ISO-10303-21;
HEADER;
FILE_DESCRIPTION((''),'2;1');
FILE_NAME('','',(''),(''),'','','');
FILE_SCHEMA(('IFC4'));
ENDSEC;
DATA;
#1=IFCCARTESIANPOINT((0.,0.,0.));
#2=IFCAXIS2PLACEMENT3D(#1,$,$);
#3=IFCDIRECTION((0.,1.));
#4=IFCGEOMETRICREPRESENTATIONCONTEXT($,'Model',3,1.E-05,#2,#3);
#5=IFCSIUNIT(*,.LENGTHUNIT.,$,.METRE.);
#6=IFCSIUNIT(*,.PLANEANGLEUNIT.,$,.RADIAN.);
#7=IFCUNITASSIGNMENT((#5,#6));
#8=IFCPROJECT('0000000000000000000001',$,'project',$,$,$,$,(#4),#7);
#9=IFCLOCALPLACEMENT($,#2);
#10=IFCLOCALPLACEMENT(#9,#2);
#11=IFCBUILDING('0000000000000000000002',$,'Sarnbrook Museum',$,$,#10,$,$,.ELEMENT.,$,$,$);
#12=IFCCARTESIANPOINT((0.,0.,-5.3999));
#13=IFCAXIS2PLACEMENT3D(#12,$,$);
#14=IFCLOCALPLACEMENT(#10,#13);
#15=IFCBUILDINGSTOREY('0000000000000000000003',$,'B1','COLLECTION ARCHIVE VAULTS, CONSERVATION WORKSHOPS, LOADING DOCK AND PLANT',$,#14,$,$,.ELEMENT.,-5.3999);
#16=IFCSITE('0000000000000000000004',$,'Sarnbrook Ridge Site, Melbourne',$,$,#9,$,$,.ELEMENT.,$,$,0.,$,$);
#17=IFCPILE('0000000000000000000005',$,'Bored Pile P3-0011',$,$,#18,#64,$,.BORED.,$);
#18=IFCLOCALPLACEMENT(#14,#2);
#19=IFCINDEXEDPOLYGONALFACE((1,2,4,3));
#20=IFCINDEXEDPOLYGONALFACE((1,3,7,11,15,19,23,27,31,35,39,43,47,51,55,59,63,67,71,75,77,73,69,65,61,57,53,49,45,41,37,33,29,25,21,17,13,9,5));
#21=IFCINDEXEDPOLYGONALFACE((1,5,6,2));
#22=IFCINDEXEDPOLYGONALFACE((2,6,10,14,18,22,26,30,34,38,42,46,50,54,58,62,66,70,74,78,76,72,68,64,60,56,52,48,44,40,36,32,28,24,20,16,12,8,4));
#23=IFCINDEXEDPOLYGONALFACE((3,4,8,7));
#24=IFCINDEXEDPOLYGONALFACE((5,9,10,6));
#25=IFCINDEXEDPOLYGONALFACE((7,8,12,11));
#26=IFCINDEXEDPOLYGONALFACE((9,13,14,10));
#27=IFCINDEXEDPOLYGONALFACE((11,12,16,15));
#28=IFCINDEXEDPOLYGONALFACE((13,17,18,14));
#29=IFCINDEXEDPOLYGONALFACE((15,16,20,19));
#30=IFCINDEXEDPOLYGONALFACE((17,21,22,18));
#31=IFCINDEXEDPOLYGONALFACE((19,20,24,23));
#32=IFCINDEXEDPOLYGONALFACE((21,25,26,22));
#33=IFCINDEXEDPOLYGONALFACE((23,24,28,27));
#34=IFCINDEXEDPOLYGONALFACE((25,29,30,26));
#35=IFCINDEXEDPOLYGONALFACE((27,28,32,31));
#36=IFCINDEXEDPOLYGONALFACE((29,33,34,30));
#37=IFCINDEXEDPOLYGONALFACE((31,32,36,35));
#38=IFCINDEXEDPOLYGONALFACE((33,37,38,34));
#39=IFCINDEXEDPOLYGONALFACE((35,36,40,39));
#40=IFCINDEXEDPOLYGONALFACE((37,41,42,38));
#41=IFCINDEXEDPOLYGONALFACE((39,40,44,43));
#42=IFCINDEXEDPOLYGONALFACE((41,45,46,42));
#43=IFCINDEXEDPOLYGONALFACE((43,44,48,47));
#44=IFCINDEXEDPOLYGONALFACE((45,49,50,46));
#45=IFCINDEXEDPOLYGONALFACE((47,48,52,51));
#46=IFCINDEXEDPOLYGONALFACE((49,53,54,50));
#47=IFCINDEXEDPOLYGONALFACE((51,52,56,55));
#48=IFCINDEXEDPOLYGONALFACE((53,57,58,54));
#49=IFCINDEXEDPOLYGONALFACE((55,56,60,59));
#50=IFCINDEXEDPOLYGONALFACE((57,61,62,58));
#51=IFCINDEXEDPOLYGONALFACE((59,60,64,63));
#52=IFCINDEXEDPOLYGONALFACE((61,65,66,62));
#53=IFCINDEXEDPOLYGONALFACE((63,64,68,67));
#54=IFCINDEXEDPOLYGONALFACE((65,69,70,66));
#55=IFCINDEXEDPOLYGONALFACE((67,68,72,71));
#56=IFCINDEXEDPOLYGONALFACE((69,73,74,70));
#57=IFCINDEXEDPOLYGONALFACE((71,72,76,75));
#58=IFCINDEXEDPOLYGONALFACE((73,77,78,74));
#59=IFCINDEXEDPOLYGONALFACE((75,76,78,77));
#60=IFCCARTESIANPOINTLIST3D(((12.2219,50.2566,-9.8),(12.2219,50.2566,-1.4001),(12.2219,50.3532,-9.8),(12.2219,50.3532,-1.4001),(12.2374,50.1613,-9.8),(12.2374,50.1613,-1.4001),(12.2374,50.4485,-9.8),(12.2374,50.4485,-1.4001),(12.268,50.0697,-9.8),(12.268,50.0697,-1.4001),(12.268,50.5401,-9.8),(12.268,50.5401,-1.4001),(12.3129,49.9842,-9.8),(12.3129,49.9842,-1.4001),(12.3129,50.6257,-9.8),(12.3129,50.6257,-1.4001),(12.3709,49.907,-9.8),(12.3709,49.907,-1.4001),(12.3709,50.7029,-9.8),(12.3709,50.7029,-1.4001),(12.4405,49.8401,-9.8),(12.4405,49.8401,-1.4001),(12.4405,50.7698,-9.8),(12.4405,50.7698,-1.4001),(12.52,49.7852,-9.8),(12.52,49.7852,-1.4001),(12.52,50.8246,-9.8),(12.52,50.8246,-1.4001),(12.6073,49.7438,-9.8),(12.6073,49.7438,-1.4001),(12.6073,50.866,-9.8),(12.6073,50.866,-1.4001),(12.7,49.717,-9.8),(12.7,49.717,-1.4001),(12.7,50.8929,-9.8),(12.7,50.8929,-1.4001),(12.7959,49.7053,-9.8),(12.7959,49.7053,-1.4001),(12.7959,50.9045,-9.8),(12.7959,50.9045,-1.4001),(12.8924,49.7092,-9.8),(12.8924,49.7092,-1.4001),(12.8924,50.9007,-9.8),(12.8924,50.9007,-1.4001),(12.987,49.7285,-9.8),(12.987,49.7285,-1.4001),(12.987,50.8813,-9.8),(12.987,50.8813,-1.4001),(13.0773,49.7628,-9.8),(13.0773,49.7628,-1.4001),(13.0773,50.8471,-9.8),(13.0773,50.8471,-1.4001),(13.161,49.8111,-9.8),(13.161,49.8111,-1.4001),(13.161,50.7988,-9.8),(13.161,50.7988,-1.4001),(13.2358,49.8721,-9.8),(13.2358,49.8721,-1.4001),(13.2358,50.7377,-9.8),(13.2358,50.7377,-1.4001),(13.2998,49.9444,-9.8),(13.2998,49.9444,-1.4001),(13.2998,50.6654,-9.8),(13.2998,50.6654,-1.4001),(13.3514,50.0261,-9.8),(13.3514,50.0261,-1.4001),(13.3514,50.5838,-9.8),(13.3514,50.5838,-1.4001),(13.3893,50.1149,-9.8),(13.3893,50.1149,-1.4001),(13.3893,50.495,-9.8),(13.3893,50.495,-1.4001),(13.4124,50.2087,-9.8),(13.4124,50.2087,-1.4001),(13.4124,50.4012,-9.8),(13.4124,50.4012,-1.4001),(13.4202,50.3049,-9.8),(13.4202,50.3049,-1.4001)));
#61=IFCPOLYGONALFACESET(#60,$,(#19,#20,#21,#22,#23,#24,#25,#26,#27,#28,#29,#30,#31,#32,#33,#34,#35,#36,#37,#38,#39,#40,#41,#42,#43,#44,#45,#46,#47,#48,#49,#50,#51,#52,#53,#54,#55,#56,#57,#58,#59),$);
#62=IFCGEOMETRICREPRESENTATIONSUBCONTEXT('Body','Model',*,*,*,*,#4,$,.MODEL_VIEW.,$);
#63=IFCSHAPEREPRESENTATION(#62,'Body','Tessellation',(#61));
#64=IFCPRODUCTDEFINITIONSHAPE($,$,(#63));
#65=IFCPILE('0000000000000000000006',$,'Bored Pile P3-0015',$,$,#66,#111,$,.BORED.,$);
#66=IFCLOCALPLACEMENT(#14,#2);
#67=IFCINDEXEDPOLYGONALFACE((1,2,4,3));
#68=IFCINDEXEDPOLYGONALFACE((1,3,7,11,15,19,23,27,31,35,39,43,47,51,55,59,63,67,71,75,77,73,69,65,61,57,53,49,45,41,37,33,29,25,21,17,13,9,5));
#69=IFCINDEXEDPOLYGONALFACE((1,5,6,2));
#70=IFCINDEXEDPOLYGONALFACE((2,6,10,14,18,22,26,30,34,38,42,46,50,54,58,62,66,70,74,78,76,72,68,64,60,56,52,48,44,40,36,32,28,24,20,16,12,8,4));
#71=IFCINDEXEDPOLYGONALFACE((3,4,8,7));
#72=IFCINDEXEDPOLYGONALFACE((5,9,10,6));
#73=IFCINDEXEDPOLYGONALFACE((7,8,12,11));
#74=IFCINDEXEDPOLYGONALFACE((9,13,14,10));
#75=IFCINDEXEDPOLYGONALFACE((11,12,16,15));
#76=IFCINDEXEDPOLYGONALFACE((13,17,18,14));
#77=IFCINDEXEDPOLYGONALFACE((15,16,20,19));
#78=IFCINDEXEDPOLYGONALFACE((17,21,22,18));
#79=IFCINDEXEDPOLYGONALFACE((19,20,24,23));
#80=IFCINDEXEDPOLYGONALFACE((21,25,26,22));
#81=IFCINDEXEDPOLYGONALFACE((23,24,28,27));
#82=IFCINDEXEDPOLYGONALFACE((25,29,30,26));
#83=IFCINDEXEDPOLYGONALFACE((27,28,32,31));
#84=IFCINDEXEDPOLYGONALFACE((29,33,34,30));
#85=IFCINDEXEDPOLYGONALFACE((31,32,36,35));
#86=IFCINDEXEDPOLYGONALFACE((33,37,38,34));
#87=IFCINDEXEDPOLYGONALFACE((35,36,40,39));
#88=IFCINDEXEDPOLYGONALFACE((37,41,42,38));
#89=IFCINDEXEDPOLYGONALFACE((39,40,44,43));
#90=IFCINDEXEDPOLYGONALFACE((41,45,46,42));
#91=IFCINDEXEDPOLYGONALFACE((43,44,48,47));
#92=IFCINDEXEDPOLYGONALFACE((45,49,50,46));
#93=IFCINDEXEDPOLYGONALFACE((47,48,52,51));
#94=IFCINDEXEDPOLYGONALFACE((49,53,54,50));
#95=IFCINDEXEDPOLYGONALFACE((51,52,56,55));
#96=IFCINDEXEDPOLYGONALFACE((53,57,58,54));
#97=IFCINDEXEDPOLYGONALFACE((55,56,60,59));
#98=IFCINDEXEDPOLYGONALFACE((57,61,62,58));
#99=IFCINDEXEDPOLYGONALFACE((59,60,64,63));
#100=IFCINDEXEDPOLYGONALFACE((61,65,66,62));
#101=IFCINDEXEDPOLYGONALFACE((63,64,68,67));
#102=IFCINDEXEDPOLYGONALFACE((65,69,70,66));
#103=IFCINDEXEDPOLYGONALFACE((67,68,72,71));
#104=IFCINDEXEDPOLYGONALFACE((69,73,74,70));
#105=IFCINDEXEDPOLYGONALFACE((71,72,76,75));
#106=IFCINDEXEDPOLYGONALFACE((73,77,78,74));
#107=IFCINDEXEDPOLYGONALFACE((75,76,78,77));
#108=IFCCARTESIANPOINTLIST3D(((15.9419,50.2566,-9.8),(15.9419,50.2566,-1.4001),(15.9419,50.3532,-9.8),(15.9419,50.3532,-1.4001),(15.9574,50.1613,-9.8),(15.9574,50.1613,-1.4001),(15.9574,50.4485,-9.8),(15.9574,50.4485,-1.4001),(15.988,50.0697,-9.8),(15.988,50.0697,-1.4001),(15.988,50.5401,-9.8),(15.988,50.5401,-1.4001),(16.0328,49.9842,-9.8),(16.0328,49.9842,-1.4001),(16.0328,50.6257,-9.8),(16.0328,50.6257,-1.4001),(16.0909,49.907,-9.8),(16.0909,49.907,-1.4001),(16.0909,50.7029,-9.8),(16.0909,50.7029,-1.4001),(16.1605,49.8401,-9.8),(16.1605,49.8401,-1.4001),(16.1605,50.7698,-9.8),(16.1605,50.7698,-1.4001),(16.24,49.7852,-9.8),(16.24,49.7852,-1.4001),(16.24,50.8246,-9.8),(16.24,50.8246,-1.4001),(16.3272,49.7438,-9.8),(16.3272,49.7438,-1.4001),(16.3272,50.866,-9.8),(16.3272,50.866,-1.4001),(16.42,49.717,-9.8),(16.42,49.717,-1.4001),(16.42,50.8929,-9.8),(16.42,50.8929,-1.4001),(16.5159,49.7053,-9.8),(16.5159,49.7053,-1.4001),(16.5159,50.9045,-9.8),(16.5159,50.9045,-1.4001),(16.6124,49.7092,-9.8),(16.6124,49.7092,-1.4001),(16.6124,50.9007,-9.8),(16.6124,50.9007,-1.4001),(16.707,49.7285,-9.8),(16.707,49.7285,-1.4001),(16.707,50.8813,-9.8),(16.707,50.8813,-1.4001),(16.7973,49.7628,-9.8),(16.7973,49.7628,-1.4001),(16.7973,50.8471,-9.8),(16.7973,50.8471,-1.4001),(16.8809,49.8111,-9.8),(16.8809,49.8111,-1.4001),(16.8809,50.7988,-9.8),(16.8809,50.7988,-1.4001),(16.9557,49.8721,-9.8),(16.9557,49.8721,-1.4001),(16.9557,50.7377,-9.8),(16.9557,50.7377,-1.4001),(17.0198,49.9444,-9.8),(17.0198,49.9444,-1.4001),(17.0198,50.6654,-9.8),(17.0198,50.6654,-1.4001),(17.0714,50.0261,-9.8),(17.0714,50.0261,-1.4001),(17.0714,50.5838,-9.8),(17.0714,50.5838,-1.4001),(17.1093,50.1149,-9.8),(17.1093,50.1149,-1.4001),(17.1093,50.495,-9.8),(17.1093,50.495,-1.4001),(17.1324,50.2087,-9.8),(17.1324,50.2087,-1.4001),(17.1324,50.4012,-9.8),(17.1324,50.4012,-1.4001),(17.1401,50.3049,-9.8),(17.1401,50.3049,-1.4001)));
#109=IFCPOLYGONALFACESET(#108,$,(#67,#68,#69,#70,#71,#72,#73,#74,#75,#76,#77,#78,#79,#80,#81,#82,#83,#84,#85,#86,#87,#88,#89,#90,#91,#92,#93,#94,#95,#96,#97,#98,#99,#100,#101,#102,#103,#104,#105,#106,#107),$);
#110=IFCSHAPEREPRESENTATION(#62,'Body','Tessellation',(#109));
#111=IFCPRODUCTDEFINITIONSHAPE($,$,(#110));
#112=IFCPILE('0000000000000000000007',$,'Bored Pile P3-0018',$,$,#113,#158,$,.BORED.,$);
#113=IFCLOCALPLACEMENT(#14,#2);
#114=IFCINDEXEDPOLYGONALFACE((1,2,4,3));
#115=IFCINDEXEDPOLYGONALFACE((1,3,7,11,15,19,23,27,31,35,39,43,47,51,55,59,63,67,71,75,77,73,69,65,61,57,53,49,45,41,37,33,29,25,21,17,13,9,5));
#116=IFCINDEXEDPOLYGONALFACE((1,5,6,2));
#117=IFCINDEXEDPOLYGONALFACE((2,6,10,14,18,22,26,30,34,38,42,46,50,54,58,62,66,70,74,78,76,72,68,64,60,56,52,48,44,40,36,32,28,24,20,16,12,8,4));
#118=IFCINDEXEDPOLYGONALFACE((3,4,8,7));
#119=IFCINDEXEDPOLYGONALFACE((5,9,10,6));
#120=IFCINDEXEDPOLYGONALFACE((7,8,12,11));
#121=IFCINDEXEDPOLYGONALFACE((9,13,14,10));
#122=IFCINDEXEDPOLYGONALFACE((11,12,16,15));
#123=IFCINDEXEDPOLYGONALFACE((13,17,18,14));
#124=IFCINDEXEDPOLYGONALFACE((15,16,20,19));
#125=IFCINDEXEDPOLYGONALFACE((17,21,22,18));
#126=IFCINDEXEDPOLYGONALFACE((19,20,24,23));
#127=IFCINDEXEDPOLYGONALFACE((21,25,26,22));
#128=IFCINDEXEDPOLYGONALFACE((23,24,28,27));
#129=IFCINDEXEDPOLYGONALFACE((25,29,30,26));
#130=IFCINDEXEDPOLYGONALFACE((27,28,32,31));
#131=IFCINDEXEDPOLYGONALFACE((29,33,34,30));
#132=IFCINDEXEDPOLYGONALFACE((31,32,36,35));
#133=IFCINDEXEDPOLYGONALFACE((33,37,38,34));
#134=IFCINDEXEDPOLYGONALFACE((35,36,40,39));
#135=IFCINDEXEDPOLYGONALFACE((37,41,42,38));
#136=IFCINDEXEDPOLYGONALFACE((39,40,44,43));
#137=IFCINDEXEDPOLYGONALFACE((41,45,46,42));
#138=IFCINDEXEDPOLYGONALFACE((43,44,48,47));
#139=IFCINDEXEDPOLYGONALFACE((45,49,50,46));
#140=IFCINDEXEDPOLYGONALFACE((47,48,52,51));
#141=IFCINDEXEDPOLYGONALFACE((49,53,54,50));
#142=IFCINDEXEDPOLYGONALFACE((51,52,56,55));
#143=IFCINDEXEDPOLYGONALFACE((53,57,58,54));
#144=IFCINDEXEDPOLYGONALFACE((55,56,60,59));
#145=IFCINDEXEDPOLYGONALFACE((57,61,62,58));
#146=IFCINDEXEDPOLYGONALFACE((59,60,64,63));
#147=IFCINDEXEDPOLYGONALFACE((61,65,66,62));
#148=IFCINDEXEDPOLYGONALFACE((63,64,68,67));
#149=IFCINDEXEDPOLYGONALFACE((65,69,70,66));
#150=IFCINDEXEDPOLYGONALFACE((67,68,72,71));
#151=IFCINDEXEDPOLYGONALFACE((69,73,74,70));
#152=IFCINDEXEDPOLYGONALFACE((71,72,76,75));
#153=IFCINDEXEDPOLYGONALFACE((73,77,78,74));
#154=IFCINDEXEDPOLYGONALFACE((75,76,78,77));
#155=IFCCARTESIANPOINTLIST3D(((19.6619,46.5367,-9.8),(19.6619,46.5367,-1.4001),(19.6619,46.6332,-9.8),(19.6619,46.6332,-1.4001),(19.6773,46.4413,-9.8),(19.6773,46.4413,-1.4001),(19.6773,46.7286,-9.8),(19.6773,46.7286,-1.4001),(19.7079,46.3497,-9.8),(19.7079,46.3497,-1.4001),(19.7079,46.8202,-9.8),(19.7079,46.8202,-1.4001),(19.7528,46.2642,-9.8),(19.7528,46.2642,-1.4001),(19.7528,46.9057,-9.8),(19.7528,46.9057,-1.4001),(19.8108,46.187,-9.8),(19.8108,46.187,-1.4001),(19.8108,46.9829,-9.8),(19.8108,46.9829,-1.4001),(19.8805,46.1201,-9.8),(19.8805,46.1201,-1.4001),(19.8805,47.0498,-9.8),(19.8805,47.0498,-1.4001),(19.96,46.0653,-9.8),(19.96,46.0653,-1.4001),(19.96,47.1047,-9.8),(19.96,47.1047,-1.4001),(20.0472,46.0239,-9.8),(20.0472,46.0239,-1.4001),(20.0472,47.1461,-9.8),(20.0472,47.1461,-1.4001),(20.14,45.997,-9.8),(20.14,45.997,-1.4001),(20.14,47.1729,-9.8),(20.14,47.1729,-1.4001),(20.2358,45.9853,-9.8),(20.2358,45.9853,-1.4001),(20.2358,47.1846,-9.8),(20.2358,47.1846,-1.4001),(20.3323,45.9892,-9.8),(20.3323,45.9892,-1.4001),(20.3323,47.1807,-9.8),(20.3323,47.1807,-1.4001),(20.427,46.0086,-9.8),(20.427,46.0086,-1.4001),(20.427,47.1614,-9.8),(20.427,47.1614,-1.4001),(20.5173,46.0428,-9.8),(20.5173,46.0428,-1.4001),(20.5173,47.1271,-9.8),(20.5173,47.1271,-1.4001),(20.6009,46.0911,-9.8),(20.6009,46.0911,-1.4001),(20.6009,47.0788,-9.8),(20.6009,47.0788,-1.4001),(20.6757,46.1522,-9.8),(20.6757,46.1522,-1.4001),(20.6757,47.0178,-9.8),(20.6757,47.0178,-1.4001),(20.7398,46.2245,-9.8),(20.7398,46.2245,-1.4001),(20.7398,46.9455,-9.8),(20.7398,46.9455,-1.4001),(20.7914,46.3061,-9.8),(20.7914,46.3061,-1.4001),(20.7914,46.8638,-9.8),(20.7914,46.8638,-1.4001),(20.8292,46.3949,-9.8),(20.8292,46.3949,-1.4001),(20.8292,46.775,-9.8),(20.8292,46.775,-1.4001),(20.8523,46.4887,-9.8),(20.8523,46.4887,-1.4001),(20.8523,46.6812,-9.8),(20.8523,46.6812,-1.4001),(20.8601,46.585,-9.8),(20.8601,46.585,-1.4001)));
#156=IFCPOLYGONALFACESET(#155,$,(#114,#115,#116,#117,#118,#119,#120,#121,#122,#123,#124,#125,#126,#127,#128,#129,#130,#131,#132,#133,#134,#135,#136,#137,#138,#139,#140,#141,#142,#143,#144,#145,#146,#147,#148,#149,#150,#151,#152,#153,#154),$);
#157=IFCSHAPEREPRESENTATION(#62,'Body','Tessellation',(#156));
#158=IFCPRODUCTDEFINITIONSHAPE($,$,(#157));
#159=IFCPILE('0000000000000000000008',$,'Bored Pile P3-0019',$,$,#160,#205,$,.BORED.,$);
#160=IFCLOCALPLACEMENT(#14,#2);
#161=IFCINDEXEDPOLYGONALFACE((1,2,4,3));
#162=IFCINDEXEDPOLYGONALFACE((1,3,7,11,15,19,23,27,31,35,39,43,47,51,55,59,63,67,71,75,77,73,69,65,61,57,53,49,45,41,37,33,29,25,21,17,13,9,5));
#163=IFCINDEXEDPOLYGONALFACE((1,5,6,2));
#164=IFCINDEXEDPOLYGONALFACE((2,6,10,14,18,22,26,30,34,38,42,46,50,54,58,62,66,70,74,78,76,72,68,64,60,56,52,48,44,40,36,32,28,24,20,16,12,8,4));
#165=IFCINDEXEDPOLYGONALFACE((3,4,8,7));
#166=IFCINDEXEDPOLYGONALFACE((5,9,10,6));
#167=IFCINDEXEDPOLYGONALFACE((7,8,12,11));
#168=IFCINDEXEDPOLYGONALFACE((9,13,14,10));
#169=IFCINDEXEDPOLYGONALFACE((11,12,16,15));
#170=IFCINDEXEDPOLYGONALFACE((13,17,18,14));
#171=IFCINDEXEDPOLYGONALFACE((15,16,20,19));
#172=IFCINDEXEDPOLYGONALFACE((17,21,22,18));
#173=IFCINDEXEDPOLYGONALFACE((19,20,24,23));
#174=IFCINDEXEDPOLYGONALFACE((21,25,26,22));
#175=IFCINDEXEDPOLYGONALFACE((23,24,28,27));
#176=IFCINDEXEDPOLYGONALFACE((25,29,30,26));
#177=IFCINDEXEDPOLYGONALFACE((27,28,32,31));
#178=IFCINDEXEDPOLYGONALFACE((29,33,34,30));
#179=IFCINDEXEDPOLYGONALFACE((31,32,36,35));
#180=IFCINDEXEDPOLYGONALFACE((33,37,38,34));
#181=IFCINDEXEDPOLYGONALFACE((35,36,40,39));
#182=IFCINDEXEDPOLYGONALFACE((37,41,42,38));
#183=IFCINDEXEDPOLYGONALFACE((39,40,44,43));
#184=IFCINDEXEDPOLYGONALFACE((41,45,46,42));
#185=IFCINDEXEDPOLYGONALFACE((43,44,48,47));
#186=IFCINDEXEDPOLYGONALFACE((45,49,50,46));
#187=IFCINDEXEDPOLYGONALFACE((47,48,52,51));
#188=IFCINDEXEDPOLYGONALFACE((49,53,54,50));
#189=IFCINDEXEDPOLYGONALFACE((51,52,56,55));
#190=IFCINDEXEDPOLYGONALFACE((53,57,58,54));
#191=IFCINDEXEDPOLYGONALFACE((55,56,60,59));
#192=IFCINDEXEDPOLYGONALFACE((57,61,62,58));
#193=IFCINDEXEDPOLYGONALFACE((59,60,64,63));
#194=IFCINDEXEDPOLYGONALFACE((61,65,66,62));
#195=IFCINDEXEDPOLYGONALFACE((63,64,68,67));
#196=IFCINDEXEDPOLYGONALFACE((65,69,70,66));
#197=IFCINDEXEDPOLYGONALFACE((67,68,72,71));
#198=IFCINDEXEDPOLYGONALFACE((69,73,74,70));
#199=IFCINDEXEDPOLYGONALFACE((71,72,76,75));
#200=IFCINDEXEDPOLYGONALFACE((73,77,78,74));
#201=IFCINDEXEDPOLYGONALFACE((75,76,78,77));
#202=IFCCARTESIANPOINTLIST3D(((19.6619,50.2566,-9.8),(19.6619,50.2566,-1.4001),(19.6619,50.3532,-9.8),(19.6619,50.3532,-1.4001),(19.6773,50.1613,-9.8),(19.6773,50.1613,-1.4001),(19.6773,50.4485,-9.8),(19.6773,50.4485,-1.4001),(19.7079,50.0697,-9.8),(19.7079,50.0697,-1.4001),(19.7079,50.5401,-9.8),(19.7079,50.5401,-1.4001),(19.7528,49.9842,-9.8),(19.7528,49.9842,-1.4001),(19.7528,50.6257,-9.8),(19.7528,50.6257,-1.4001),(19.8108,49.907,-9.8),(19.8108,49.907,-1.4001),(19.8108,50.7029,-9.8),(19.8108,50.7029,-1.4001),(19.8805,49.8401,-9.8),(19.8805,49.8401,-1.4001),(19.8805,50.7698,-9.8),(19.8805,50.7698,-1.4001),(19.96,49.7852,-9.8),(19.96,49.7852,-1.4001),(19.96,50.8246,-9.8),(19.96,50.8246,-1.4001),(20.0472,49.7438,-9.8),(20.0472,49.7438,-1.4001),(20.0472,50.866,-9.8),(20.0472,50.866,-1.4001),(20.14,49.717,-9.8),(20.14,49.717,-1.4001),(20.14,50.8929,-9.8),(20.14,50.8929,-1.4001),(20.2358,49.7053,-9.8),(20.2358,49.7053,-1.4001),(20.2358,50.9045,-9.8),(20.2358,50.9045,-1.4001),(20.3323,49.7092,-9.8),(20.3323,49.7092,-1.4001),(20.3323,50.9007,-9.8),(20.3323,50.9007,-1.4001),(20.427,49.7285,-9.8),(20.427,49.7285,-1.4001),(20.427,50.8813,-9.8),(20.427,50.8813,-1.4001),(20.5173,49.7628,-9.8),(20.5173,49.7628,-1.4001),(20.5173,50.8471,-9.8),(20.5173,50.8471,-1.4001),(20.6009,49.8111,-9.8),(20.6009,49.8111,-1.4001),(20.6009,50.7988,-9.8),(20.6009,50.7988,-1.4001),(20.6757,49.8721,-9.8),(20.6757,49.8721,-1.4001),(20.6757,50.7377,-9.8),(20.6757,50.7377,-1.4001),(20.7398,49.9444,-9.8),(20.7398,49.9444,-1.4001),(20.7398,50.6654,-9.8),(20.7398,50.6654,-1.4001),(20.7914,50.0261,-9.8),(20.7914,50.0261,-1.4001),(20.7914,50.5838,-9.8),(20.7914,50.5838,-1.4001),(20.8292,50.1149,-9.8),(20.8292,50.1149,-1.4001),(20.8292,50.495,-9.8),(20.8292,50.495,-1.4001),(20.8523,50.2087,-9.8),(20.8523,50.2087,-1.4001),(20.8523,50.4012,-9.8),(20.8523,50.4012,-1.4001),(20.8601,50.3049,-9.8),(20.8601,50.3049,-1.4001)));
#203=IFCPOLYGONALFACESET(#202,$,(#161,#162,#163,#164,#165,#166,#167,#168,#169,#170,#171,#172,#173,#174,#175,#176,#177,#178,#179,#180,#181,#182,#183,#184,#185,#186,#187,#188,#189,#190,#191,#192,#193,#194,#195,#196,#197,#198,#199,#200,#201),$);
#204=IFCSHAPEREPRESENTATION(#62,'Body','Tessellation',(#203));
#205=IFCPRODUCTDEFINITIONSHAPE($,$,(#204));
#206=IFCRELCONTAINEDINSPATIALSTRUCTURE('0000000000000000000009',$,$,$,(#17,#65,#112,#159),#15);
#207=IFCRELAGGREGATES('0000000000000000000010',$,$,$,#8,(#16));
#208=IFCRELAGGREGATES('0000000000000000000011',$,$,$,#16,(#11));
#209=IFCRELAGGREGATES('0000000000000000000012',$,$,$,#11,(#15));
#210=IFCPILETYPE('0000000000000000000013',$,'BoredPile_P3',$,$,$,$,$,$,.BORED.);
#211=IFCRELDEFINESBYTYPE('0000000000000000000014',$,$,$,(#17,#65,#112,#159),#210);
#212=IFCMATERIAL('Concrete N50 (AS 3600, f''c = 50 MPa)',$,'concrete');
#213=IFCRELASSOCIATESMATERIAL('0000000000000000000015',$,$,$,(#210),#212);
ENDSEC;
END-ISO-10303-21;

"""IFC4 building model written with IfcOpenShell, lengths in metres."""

from ifc_helpers import new_model, si_unit, direction, frame, origin, origin_2d, place, context, subcontext, project, spatial, circle, extrude, material, material_profile, profile_set, type_object, element, save


model = new_model("IFC4")

# Units and contexts
model_context = context("Model", 3, precision=1e-05, world=origin(), true_north=direction((0.0, 1.0)))
body_context = subcontext(model_context, "Body", "Model", "MODEL_VIEW")
ifc_project = project(units=[si_unit("LENGTHUNIT", "METRE"), si_unit("PLANEANGLEUNIT", "RADIAN")], contexts=[model_context])

# Site, building, storey
site_placement = place(None, origin())
site = spatial("IfcSite", under=ifc_project, at=site_placement, Name="Sarnbrook Ridge Site, Melbourne", CompositionType="ELEMENT", RefElevation=0.0)
building_placement = place(site_placement, origin())
building = spatial("IfcBuilding", under=site, at=building_placement, Name="Sarnbrook Museum", CompositionType="ELEMENT")
storey_placement = place(building_placement, frame((0.0, 0.0, -5.3999)))
storey = spatial("IfcBuildingStorey", under=building, at=storey_placement, Name="B1", Description="COLLECTION ARCHIVE VAULTS, CONSERVATION WORKSHOPS, LOADING DOCK AND PLANT", CompositionType="ELEMENT", Elevation=-5.3999)

# Piles
ifc_material_1 = material(Name="Concrete N50 (AS 3600, f'c = 50 MPa)", Category="concrete")
ifc_material_profile_1 = material_profile(ifc_material_1, circle(Radius=0.6001, at=origin_2d()), Name="BORED PILE D1200")
ifc_profile_set_1 = profile_set([ifc_material_profile_1], Name="Concrete N50 (AS 3600, f'c = 50 MPa)")
pile_type = type_object("IfcPileType", Name="BoredPile_P3", PredefinedType="BORED", material=ifc_profile_set_1)
for number, where, z_axis, x_axis, name in (
    (1, (12.8201, 50.3049, -1.4001), (0.0, 0.0, -1.0), (1.0, 0.0, 0.0), "Bored Pile P3-0011"),
    (2, (16.54, 50.3049, -1.4001), (0.0, 0.0, -1.0), (1.0, 0.0, 0.0), "Bored Pile P3-0015"),
    (3, (20.26, 46.585, -1.4001), (0.0, 0.0, -1.0), (1.0, 0.0, 0.0), "Bored Pile P3-0018"),
    (4, (20.26, 50.3049, -1.4001), (0.0, 0.0, -1.0), (1.0, 0.0, 0.0), "Bored Pile P3-0019"),
):
    element("IfcPile", number, at=place(storey_placement, frame(where, z_axis=z_axis, x_axis=x_axis)), inside=storey, type_object=pile_type, Name=name, PredefinedType="BORED", context=body_context, shape_type="SweptSolid", body=[
        extrude(circle(Radius=0.6001, at=origin_2d()), origin(), (0.0, 0.0, 1.0), 8.3999),
    ])

save(model, "model.ifc")
